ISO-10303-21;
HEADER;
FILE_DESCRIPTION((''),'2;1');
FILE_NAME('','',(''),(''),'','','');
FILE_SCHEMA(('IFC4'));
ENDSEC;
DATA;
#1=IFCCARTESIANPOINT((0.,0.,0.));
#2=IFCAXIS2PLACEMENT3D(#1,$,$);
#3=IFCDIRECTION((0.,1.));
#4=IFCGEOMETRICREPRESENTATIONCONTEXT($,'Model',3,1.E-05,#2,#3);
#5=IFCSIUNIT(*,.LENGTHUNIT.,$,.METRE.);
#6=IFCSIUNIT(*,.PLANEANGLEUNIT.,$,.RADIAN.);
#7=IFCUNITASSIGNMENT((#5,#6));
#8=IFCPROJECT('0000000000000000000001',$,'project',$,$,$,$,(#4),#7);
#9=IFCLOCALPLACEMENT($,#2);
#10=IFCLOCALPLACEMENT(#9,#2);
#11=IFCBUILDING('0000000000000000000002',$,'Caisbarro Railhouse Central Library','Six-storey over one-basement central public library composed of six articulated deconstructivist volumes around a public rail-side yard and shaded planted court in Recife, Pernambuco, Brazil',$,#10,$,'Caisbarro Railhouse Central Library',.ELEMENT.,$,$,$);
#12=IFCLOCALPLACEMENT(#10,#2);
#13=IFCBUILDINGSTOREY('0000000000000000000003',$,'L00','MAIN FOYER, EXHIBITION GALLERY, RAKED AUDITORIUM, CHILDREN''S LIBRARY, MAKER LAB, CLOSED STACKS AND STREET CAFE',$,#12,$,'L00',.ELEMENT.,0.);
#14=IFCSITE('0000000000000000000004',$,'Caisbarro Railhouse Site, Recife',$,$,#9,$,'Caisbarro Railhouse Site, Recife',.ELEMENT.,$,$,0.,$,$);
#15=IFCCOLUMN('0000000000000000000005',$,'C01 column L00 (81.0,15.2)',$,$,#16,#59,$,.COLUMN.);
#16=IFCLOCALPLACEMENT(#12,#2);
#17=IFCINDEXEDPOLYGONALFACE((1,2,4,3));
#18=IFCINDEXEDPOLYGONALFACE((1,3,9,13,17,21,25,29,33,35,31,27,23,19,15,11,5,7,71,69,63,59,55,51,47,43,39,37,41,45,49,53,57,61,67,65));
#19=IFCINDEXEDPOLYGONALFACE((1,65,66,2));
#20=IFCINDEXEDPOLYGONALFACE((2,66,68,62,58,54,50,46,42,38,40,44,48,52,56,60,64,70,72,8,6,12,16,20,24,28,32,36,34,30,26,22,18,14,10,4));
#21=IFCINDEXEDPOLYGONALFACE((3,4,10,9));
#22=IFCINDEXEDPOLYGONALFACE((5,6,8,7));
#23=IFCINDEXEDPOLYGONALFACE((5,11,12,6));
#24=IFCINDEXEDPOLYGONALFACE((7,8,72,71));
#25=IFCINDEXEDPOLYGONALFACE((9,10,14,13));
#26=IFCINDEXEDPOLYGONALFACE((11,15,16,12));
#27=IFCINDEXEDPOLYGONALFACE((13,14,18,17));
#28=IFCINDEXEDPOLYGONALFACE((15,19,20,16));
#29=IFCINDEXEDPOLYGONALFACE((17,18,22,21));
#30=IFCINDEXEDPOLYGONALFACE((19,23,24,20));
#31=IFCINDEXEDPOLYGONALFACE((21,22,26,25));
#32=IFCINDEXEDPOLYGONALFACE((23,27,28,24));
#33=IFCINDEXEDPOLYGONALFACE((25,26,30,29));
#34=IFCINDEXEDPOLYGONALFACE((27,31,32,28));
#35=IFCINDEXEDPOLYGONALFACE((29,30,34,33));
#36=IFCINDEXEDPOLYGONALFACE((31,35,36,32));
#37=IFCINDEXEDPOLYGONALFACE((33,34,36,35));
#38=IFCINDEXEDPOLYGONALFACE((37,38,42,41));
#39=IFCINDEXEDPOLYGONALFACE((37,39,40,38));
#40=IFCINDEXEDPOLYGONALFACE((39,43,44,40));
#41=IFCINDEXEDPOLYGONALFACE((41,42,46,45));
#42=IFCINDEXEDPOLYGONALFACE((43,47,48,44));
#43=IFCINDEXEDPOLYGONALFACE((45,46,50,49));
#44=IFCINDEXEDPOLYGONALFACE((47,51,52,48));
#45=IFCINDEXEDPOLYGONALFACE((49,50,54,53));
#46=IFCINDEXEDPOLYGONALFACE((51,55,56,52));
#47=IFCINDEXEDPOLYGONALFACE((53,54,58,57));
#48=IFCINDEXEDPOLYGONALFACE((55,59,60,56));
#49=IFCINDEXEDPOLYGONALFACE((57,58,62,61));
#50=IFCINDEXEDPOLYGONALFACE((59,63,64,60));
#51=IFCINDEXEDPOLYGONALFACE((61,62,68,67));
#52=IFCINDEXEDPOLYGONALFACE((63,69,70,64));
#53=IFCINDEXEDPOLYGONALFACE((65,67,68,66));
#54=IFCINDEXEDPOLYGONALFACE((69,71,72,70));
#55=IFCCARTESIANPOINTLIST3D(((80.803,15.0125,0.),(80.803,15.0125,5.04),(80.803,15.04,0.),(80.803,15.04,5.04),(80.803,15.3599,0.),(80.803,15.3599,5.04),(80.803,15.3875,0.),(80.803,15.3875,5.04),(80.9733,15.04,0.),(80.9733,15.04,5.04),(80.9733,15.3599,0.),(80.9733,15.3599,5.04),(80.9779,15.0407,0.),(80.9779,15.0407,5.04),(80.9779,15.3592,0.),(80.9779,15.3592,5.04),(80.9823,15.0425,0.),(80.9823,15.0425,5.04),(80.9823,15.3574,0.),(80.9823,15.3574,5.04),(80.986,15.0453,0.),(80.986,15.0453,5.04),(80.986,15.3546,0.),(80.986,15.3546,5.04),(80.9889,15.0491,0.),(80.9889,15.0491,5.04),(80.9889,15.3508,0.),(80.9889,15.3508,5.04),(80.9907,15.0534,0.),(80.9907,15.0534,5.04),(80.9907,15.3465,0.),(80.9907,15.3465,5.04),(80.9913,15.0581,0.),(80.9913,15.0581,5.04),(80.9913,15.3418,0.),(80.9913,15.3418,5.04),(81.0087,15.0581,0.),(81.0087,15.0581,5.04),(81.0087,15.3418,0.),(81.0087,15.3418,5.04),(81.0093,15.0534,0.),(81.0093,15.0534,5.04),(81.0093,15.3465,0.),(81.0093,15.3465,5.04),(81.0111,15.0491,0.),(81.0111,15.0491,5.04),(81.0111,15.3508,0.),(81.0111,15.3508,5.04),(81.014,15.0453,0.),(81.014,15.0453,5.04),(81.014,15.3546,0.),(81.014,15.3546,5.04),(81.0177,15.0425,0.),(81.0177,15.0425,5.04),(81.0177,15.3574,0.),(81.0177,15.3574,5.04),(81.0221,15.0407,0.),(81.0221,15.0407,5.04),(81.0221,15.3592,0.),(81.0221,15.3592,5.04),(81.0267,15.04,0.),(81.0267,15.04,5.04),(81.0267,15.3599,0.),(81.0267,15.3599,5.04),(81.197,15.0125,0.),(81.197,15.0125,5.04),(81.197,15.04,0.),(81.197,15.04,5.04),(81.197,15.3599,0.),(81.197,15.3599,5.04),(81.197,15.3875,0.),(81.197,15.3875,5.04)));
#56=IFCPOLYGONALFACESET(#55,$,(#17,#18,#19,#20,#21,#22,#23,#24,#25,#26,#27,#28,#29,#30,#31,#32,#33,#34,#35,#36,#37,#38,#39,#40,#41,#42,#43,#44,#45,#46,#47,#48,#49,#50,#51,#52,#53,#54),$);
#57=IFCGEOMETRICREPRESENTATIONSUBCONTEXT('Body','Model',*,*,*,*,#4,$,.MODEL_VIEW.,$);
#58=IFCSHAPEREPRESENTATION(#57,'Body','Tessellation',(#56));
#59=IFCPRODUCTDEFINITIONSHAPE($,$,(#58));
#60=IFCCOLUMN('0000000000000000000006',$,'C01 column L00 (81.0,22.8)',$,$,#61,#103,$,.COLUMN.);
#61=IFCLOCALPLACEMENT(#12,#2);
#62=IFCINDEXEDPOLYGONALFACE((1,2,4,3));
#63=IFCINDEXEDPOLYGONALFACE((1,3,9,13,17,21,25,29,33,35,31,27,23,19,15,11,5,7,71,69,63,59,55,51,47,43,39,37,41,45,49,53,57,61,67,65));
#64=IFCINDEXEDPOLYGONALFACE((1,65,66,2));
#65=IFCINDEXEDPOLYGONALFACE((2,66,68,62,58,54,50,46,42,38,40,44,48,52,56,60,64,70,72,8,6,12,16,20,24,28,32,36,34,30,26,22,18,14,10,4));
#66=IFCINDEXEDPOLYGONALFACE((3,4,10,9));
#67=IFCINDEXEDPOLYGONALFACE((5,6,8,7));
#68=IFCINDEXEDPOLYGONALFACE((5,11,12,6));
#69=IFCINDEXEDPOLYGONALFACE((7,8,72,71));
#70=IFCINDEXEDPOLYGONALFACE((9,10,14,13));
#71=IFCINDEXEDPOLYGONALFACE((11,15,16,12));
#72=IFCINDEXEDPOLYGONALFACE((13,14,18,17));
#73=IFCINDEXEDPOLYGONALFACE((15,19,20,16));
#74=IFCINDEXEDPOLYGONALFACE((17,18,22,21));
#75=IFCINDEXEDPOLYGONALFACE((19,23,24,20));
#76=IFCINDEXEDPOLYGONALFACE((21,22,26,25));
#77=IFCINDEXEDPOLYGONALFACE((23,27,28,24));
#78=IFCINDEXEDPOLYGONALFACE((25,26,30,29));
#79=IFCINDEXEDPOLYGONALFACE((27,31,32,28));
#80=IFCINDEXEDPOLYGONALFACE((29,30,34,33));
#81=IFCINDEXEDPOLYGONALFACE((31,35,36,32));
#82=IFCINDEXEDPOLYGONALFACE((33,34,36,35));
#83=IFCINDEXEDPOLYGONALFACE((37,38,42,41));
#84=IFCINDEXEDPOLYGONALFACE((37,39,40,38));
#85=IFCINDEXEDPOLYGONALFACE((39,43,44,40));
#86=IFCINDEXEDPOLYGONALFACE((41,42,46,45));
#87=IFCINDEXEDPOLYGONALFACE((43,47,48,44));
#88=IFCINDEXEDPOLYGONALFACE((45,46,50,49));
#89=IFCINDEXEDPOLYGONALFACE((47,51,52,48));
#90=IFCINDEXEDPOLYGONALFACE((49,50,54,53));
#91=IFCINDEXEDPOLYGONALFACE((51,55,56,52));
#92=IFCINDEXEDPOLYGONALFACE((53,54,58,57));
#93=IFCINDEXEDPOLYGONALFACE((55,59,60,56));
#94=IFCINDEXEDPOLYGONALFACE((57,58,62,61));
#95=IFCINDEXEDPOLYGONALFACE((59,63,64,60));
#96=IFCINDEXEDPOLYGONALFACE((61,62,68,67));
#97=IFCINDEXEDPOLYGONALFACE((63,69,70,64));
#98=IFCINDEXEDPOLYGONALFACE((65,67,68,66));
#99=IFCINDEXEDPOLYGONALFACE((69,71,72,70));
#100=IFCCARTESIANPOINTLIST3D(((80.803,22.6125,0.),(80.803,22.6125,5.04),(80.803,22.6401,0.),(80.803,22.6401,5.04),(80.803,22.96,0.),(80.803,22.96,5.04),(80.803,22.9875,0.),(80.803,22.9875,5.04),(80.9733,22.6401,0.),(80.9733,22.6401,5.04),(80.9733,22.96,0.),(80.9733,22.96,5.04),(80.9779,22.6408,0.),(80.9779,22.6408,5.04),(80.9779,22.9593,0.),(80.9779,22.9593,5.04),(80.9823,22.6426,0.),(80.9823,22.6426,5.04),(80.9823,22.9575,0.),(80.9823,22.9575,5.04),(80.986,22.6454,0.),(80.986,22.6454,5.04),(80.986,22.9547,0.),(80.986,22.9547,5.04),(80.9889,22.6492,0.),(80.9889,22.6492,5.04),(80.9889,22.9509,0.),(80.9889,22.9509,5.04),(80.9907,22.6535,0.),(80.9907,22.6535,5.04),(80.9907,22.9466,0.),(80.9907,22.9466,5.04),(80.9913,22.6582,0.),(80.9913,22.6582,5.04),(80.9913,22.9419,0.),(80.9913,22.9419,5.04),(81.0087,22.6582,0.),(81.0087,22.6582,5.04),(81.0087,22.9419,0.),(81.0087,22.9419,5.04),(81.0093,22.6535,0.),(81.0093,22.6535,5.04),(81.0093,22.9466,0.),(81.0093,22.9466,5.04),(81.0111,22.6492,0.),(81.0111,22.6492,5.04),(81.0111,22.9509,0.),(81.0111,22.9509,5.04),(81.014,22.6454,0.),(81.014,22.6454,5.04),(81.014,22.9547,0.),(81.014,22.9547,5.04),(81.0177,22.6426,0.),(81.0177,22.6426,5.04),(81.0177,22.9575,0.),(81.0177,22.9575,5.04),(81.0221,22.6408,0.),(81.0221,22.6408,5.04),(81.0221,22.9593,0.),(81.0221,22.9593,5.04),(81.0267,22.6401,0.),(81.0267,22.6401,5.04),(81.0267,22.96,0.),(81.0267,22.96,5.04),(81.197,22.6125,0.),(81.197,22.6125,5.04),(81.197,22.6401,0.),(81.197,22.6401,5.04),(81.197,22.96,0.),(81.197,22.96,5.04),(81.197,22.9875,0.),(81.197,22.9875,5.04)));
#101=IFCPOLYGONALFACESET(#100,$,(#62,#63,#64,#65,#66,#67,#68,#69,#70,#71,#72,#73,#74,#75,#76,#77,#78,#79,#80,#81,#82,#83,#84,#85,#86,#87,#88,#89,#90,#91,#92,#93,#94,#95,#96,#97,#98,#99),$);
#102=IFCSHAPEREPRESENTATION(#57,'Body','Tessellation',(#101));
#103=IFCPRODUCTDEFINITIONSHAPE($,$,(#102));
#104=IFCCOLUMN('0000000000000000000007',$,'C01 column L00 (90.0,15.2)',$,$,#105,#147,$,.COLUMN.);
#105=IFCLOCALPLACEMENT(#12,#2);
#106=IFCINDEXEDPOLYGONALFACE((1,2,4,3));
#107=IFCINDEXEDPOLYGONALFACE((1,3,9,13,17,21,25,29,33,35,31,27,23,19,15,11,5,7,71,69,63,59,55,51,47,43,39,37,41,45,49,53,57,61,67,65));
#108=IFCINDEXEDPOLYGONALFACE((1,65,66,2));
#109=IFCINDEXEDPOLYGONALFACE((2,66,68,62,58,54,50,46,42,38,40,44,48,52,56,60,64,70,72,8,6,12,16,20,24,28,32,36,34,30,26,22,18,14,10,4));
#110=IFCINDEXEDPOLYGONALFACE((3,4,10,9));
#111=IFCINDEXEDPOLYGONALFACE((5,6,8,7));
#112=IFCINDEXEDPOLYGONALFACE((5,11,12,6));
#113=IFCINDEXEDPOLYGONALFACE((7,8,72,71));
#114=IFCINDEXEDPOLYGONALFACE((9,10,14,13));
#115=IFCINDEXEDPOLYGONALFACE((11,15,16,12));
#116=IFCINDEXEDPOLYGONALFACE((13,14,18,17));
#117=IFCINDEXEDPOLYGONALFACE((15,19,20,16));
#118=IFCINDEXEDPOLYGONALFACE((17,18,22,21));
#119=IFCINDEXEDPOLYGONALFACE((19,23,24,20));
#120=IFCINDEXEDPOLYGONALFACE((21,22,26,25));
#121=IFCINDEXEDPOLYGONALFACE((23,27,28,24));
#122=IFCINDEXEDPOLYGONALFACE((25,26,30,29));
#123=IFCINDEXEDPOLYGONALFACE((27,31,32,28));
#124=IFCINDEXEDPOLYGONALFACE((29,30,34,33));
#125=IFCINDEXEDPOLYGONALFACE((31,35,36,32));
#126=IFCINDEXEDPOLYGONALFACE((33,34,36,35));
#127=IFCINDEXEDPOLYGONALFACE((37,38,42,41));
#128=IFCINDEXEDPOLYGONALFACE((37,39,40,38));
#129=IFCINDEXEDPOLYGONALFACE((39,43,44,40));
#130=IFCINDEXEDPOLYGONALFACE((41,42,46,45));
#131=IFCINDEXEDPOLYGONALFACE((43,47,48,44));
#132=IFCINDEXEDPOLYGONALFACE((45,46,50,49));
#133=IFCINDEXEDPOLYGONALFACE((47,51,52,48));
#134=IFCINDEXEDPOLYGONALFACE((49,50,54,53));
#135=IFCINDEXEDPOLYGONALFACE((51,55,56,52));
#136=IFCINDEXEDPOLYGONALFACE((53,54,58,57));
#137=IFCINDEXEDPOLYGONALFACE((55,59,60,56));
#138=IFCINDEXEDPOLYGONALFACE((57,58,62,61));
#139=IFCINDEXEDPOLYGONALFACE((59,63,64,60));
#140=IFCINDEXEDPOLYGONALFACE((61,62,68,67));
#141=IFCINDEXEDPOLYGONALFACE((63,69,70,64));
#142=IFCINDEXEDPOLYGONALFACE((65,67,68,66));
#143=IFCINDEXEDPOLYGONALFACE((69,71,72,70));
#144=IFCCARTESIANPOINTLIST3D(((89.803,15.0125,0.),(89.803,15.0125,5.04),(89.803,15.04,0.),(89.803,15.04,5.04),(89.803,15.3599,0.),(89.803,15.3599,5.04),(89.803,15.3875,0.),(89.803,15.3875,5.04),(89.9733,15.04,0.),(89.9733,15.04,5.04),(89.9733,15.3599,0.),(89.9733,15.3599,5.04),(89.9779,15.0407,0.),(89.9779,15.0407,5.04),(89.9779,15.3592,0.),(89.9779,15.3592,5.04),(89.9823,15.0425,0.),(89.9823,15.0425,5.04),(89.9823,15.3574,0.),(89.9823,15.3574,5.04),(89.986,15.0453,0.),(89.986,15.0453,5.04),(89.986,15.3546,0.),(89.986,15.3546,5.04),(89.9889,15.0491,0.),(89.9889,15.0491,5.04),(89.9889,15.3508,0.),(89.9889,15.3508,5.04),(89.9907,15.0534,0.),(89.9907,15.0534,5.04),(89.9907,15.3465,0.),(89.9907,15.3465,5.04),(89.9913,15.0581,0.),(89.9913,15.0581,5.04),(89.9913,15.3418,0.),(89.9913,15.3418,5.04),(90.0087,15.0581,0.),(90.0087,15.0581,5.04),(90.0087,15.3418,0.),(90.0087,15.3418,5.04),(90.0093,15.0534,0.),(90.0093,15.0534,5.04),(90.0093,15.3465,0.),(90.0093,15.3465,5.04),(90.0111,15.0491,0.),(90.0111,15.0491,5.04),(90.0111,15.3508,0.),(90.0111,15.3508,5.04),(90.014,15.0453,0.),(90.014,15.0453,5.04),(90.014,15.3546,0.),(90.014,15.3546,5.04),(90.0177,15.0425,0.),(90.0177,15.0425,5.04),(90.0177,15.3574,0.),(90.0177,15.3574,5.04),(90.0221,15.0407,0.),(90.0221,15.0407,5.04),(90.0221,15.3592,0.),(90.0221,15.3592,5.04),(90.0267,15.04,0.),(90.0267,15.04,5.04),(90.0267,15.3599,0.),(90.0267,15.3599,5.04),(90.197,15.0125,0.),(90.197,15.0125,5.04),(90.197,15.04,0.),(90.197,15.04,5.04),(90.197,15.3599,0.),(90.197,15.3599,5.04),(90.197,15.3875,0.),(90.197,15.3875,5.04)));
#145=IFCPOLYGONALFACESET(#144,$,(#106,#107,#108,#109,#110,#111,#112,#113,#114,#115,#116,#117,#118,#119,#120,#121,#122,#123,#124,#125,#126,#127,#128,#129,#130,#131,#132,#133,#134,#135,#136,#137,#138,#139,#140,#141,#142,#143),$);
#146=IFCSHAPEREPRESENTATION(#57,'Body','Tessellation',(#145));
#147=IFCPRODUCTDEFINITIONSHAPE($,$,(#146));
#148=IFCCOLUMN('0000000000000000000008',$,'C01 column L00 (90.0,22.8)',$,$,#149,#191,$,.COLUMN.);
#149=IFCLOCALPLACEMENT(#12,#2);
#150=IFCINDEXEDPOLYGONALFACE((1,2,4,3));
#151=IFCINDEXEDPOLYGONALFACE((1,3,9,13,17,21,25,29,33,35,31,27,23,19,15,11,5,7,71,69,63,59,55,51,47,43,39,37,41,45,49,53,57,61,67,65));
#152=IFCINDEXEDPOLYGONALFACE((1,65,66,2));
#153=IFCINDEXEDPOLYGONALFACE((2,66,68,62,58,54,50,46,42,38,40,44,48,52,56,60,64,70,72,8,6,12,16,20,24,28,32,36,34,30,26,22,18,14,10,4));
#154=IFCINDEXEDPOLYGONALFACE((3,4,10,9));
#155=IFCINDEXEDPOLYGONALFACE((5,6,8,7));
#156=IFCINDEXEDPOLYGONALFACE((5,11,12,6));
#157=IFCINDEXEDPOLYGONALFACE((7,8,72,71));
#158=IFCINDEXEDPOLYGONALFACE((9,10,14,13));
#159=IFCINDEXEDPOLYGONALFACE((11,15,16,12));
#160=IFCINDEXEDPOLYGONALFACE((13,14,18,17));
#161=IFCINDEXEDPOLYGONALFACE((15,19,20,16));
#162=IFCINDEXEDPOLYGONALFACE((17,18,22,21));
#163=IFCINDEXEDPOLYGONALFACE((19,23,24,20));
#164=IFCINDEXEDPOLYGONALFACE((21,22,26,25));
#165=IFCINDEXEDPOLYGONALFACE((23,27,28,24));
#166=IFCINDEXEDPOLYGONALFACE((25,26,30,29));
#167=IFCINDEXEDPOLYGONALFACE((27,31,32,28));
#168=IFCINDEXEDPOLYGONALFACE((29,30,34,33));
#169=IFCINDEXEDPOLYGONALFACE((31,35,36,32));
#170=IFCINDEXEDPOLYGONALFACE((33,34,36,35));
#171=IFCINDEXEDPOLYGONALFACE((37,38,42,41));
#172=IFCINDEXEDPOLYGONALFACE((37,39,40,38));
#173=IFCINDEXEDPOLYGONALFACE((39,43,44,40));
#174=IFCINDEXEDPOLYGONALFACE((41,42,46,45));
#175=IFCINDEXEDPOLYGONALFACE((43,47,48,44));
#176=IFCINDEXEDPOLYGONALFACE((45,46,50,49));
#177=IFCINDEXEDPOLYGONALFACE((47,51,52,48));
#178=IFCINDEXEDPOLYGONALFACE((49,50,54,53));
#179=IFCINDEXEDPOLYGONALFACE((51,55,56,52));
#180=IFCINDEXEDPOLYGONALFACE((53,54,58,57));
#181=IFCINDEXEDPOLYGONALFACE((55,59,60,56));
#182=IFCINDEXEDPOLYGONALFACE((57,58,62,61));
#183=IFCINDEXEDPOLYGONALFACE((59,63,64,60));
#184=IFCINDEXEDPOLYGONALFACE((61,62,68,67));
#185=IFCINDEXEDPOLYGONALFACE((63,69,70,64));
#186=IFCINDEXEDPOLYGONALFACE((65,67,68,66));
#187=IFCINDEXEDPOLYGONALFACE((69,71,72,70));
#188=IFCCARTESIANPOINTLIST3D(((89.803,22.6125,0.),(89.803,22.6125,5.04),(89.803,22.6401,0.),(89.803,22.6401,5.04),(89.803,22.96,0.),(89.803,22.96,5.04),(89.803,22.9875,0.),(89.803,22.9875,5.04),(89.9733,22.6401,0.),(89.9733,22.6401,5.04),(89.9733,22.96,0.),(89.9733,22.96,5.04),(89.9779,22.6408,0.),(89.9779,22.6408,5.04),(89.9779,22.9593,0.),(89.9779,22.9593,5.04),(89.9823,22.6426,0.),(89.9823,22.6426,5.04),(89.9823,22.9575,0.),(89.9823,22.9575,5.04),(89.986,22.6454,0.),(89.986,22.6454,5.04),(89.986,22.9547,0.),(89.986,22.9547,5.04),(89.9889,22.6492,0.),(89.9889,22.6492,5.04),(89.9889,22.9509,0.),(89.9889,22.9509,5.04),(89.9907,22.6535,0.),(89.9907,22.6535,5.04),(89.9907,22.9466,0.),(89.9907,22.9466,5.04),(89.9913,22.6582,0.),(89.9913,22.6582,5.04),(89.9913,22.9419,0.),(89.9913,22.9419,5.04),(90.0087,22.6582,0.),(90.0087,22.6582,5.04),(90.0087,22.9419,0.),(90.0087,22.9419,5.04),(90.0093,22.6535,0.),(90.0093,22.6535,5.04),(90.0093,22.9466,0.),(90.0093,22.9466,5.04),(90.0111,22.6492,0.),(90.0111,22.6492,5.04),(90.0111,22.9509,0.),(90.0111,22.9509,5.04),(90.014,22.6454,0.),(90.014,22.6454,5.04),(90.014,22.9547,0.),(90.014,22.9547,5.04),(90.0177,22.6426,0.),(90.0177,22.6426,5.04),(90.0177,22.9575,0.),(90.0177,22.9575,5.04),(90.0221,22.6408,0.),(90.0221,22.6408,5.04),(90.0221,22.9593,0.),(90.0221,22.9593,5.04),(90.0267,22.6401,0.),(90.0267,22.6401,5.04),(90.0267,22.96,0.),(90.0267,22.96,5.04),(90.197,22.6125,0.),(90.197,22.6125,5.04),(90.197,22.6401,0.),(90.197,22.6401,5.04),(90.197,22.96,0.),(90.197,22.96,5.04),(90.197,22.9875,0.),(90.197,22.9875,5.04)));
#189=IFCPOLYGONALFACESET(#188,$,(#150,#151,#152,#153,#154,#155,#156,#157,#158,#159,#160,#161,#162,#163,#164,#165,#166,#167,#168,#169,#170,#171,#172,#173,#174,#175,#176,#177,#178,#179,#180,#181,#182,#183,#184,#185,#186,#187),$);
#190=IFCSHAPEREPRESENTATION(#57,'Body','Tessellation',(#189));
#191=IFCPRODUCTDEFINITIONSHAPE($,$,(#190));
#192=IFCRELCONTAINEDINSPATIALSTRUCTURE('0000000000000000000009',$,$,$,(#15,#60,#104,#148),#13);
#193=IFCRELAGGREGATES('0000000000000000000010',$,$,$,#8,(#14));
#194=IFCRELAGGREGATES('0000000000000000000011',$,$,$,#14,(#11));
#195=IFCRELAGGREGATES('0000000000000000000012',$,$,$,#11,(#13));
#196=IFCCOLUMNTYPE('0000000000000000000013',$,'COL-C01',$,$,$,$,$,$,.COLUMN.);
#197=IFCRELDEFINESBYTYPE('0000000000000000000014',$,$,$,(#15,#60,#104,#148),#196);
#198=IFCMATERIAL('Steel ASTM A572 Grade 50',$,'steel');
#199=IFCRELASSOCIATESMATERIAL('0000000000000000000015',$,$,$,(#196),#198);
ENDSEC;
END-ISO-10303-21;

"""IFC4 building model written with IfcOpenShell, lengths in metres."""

from ifc_helpers import new_model, si_unit, direction, frame, origin, origin_2d, place, context, subcontext, project, spatial, i_section, extrude, material, material_profile, profile_set, type_object, element, save


model = new_model("IFC4")

# Units and contexts
model_context = context("Model", 3, precision=1e-05, world=origin(), true_north=direction((0.0, 1.0)))
body_context = subcontext(model_context, "Body", "Model", "MODEL_VIEW")
ifc_project = project(units=[si_unit("LENGTHUNIT", "METRE"), si_unit("PLANEANGLEUNIT", "RADIAN")], contexts=[model_context])

# Site, building, storey
site_placement = place(None, origin())
site = spatial("IfcSite", under=ifc_project, at=site_placement, Name="Caisbarro Railhouse Site, Recife", LongName="Caisbarro Railhouse Site, Recife", CompositionType="ELEMENT", RefElevation=0.0)
building_placement = place(site_placement, origin())
building = spatial("IfcBuilding", under=site, at=building_placement, Name="Caisbarro Railhouse Central Library", Description="Six-storey over one-basement central public library composed of six articulated deconstructivist volumes around a public rail-side yard and shaded planted court in Recife, Pernambuco, Brazil", LongName="Caisbarro Railhouse Central Library", CompositionType="ELEMENT")
storey_placement = place(building_placement, origin())
storey = spatial("IfcBuildingStorey", under=building, at=storey_placement, Name="L00", Description="MAIN FOYER, EXHIBITION GALLERY, RAKED AUDITORIUM, CHILDREN'S LIBRARY, MAKER LAB, CLOSED STACKS AND STREET CAFE", LongName="L00", CompositionType="ELEMENT", Elevation=0.0)

# Columns
ifc_material_1 = material(Name="Steel ASTM A572 Grade 50", Category="steel")
ifc_material_profile_1 = material_profile(ifc_material_1, i_section(OverallWidth=0.394, OverallDepth=0.375, WebThickness=0.0173, FlangeThickness=0.0276, FilletRadius=0.0181, at=origin_2d()), Name="W360X216.0")
ifc_profile_set_1 = profile_set([ifc_material_profile_1], Name="Steel ASTM A572 Grade 50")
column_type = type_object("IfcColumnType", Name="COL-C01", PredefinedType="COLUMN", material=ifc_profile_set_1)
for number, where, z_axis, x_axis, name in (
    (1, (81.0, 15.2, 0.0), (0.0, 0.0, 1.0), (1.0, 0.0, 0.0), "C01 column L00 (81.0,15.2)"),
    (2, (81.0, 22.8, 0.0), (0.0, 0.0, 1.0), (1.0, 0.0, 0.0), "C01 column L00 (81.0,22.8)"),
    (3, (90.0, 15.2, 0.0), (0.0, 0.0, 1.0), (1.0, 0.0, 0.0), "C01 column L00 (90.0,15.2)"),
    (4, (90.0, 22.8, 0.0), (0.0, 0.0, 1.0), (1.0, 0.0, 0.0), "C01 column L00 (90.0,22.8)"),
):
    element("IfcColumn", number, at=place(storey_placement, frame(where, z_axis=z_axis, x_axis=x_axis)), inside=storey, type_object=column_type, Name=name, PredefinedType="COLUMN", context=body_context, shape_type="SweptSolid", body=[
        extrude(i_section(OverallWidth=0.394, OverallDepth=0.375, WebThickness=0.0173, FlangeThickness=0.0276, FilletRadius=0.0181, at=origin_2d()), origin(), (0.0, 0.0, 1.0), 5.04),
    ])

save(model, "model.ifc")
